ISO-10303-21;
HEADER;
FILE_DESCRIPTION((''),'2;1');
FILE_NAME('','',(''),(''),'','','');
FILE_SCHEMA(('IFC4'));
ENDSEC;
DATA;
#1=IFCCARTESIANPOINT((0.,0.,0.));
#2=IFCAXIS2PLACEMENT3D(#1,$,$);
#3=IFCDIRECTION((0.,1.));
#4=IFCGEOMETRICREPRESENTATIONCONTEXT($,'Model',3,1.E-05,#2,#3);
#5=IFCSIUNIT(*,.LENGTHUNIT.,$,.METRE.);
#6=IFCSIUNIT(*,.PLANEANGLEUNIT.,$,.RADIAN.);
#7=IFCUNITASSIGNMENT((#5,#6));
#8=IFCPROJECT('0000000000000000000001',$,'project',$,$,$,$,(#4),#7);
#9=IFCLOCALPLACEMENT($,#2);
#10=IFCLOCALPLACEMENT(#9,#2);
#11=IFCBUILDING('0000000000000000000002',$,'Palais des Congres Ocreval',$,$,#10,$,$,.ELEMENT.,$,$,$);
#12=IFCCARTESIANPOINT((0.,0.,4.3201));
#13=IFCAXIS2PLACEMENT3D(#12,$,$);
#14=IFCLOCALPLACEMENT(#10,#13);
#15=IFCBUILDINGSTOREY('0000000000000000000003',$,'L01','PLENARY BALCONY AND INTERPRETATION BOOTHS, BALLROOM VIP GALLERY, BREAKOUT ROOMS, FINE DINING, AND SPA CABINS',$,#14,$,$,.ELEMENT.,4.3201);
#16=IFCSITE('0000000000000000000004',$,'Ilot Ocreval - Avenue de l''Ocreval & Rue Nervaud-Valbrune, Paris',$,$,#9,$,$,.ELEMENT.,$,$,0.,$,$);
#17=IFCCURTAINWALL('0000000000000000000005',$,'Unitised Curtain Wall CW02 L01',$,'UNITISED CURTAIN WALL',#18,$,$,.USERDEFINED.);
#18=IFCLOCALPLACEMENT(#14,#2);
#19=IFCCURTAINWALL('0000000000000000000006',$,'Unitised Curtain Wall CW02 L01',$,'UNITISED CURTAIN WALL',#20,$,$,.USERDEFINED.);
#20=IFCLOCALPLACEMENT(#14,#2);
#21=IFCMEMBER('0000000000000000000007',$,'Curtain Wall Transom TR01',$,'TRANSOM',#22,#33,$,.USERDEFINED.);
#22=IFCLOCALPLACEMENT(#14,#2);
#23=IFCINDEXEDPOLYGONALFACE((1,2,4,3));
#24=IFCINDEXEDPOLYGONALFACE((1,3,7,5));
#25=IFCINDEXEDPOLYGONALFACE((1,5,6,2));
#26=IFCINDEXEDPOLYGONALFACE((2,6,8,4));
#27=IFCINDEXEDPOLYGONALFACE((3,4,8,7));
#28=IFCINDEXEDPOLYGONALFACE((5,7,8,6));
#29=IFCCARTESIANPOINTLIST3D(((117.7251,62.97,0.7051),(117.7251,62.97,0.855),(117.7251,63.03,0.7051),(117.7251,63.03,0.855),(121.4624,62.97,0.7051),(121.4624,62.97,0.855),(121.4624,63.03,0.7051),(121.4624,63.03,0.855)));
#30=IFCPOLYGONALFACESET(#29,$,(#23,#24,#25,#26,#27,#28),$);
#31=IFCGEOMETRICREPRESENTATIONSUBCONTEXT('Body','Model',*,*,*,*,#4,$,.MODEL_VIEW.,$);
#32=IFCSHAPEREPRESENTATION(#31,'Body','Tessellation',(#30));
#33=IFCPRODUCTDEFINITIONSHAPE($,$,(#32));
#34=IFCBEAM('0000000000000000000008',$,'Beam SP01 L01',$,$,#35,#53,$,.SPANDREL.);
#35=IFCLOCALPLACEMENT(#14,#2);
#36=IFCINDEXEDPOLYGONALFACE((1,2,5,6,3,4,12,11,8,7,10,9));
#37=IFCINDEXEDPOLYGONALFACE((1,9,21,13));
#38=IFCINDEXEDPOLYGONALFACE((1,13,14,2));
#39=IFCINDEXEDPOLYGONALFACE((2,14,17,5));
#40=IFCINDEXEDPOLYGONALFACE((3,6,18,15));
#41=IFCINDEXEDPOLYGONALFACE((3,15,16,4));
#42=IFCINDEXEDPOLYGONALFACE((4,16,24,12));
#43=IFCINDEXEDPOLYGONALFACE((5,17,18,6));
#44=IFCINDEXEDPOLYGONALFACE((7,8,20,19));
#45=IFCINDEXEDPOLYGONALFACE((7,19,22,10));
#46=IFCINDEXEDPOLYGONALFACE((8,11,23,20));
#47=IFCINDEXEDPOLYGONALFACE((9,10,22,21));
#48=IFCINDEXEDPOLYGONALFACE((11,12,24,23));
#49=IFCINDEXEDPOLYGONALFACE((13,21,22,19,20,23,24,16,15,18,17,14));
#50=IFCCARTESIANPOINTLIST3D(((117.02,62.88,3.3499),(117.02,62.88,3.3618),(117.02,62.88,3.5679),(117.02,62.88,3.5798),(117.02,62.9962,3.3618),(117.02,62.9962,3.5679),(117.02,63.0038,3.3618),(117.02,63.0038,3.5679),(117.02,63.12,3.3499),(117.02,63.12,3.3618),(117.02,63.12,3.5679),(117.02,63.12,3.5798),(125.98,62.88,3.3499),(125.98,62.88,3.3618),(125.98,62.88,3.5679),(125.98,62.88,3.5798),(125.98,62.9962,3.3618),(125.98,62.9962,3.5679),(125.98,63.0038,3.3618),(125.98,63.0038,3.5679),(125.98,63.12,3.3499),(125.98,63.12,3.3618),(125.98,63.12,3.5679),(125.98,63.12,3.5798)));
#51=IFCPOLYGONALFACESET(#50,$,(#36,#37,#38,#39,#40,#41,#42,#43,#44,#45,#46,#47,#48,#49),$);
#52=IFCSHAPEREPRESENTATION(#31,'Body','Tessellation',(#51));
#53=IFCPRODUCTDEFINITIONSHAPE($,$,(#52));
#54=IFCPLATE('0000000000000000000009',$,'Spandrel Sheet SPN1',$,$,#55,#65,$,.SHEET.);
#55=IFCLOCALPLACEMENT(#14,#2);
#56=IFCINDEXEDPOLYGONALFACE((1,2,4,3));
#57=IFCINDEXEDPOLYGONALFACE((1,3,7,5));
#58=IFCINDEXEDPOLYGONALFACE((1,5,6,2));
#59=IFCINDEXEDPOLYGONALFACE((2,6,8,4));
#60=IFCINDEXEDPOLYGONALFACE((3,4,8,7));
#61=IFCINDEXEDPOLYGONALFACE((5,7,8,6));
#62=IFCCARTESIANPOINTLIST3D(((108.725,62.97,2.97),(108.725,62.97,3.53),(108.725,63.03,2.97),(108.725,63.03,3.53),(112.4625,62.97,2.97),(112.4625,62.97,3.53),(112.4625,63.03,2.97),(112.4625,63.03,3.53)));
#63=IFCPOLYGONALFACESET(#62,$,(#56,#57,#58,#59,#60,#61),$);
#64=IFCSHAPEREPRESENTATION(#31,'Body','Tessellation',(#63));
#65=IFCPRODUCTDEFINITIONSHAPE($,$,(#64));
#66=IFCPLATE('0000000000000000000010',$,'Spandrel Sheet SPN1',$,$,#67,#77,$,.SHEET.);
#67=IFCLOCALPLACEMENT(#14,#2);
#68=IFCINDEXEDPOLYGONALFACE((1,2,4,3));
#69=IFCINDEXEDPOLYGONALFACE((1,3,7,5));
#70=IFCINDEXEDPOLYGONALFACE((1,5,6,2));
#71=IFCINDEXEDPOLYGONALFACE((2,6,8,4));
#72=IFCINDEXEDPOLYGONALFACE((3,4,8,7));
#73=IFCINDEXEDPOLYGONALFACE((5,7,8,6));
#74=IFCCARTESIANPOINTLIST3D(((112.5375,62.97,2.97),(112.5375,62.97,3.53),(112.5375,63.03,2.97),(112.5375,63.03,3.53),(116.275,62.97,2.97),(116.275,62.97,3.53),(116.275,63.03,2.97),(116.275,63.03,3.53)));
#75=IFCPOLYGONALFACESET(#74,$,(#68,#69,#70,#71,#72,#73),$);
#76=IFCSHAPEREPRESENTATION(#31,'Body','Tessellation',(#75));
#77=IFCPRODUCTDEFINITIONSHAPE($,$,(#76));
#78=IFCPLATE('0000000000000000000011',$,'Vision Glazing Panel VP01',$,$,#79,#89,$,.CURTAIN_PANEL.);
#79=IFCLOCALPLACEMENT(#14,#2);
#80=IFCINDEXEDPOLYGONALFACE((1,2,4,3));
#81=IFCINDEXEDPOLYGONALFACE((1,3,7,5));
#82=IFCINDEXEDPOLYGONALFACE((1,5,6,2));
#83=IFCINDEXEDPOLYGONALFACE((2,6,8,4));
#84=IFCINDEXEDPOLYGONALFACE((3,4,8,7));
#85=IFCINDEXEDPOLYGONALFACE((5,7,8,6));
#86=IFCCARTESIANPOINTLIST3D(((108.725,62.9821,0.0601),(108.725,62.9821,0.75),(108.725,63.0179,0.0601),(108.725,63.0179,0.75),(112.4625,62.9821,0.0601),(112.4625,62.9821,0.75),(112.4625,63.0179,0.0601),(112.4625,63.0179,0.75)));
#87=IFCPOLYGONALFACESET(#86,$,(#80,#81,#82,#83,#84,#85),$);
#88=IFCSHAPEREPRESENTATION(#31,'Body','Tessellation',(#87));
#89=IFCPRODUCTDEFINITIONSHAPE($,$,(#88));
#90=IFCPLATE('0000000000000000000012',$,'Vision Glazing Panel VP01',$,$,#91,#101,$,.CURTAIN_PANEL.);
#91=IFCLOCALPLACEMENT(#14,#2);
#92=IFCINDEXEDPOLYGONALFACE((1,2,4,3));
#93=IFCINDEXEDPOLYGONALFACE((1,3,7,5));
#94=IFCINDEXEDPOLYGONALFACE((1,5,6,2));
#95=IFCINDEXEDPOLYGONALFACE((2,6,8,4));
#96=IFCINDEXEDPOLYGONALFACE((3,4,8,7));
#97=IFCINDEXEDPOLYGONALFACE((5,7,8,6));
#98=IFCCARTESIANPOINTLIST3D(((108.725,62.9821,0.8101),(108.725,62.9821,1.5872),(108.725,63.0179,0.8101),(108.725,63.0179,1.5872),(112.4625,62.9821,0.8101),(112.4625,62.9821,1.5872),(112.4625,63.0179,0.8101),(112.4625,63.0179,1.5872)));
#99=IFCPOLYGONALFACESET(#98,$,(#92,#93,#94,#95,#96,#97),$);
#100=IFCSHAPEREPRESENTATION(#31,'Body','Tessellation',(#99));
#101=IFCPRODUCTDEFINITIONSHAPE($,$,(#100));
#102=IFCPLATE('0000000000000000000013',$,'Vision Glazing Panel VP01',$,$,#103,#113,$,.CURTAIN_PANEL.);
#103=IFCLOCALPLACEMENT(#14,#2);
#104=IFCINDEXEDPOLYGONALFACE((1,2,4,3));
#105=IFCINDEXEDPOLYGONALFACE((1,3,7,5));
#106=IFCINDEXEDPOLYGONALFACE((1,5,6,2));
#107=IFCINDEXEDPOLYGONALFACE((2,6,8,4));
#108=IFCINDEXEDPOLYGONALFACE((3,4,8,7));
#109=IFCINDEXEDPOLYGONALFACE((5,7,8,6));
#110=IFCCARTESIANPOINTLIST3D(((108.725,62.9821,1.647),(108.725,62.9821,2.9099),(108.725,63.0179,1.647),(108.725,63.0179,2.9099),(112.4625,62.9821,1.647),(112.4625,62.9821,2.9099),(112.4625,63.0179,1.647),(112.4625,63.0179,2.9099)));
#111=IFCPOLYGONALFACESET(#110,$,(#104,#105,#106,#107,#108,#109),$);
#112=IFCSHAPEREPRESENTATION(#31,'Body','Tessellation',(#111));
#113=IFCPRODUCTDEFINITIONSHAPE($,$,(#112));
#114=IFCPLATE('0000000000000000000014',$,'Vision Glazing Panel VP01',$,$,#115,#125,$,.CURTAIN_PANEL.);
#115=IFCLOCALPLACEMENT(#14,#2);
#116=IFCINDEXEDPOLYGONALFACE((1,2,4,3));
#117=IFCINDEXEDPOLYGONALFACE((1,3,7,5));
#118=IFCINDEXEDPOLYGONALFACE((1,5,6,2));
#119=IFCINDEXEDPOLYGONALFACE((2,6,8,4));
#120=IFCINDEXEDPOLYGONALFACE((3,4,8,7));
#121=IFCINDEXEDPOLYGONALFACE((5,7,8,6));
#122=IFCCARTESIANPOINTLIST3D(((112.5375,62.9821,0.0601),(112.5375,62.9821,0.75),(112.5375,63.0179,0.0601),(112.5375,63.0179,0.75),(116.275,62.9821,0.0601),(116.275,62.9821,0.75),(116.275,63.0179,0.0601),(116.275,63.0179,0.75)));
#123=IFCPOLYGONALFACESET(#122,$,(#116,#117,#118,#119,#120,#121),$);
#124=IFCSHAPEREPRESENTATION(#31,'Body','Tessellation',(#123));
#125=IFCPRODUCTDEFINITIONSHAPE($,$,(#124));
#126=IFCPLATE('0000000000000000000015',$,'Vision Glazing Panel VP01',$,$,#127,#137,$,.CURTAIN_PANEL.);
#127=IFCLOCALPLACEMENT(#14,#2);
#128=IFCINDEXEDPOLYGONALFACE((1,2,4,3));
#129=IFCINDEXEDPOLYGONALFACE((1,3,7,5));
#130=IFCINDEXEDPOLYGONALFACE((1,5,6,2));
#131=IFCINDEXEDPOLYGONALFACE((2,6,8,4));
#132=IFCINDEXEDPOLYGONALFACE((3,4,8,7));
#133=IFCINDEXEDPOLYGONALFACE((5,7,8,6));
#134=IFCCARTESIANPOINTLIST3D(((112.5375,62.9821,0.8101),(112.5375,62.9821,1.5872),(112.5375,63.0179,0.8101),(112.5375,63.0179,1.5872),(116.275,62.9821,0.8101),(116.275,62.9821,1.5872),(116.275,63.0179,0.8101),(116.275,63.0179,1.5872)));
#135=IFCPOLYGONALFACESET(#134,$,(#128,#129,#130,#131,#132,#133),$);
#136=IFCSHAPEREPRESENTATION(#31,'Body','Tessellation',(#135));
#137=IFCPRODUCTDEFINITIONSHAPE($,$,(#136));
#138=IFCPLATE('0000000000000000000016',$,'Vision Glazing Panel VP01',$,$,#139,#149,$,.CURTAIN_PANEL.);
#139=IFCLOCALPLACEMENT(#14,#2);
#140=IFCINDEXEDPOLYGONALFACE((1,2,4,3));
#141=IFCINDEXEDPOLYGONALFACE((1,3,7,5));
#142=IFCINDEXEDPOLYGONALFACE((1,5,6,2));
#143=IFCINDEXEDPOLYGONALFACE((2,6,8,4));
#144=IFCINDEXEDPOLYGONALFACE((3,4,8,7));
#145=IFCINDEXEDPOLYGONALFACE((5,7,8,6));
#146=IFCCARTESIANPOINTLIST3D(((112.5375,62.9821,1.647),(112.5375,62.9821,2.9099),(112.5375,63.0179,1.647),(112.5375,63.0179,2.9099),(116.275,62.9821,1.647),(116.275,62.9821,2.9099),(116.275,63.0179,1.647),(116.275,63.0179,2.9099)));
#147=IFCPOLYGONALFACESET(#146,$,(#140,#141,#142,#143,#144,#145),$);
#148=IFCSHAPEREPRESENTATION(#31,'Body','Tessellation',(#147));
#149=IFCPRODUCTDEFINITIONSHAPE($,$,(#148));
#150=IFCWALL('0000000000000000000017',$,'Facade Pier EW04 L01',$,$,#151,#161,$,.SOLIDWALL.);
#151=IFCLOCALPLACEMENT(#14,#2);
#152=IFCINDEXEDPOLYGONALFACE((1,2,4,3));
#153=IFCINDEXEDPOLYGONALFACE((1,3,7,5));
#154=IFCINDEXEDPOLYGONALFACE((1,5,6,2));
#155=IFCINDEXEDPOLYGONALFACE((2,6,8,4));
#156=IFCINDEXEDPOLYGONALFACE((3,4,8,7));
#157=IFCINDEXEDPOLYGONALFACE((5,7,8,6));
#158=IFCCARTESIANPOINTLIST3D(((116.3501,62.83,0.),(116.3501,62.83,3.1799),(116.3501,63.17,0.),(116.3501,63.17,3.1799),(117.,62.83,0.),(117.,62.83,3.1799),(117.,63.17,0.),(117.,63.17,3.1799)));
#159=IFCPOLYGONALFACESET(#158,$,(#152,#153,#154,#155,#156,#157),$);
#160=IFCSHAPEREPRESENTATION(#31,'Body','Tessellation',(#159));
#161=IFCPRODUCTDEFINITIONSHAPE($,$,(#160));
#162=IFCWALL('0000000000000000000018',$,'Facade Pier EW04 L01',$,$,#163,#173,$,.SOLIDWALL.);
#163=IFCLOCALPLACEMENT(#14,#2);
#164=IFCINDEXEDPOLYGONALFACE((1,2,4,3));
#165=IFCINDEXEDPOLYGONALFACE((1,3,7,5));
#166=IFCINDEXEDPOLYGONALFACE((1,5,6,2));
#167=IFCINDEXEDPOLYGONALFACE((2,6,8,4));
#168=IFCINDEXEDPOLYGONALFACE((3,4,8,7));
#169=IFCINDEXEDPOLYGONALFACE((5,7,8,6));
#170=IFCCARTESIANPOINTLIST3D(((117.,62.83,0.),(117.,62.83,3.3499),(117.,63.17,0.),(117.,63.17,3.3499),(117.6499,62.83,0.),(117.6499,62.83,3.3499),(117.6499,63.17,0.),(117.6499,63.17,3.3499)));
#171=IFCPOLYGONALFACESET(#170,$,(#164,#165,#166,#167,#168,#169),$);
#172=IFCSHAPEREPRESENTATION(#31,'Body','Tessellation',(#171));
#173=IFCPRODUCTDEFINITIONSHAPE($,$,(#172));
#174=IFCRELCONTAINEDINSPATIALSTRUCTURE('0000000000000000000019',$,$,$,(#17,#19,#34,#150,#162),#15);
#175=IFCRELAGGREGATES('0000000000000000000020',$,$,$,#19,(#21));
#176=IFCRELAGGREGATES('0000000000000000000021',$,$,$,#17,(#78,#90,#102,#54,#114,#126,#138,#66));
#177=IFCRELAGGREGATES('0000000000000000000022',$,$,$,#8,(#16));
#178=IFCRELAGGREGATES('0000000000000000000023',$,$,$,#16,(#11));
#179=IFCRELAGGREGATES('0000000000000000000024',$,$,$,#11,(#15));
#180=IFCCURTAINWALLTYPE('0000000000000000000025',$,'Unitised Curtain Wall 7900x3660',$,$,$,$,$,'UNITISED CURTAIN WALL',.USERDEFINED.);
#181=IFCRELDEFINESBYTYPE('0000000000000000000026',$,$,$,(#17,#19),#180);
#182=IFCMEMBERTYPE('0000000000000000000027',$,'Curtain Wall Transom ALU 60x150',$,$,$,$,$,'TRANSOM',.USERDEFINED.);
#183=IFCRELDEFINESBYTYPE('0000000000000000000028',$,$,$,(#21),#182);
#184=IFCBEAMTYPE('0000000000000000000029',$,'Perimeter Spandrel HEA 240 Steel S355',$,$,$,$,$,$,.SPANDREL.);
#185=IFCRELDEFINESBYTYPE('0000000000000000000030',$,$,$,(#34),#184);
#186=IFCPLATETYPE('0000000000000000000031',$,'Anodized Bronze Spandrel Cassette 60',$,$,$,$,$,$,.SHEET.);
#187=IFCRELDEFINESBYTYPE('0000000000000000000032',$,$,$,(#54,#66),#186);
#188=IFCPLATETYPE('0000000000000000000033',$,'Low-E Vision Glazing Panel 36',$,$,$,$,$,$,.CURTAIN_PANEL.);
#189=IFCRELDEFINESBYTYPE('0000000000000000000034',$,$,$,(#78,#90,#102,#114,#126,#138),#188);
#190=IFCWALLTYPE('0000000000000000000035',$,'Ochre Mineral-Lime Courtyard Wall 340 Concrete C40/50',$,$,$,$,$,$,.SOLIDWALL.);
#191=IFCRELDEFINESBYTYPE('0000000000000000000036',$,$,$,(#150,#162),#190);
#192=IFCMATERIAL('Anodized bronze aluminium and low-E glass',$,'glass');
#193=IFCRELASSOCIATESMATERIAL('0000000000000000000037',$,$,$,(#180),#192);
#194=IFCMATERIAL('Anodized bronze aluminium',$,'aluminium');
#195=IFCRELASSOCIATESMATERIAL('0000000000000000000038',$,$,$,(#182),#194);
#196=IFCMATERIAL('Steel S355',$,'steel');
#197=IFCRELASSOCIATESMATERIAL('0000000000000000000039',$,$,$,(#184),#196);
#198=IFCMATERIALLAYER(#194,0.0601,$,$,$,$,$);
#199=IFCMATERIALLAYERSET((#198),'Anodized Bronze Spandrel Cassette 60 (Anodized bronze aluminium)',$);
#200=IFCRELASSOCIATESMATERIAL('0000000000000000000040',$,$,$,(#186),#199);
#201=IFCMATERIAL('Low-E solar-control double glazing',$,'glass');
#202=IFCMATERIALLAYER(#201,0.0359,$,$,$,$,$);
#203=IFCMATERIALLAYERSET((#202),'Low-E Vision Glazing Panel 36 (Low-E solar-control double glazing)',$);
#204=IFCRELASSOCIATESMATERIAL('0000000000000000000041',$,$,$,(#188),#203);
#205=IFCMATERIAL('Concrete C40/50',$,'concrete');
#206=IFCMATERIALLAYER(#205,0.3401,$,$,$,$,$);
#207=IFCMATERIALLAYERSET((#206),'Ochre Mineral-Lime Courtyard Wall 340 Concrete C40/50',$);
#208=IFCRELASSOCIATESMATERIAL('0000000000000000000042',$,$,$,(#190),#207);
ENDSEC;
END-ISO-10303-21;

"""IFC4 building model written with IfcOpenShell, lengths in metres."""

from ifc_helpers import new_model, si_unit, direction, frame, frame_2d, origin, origin_2d, place, context, subcontext, project, spatial, rectangle, i_section, extrude, material, layer, layer_set, material_profile, profile_set, type_object, element, aggregate, save


model = new_model("IFC4")

# Units and contexts
model_context = context("Model", 3, precision=1e-05, world=origin(), true_north=direction((0.0, 1.0)))
body_context = subcontext(model_context, "Body", "Model", "MODEL_VIEW")
ifc_project = project(units=[si_unit("LENGTHUNIT", "METRE"), si_unit("PLANEANGLEUNIT", "RADIAN")], contexts=[model_context])

# Site, building, storey
site_placement = place(None, origin())
site = spatial("IfcSite", under=ifc_project, at=site_placement, Name="Ilot Ocreval - Avenue de l'Ocreval & Rue Nervaud-Valbrune, Paris", CompositionType="ELEMENT", RefElevation=0.0)
building_placement = place(site_placement, origin())
building = spatial("IfcBuilding", under=site, at=building_placement, Name="Palais des Congres Ocreval", CompositionType="ELEMENT")
storey_placement = place(building_placement, frame((0.0, 0.0, 4.3201)))
storey = spatial("IfcBuildingStorey", under=building, at=storey_placement, Name="L01", Description="PLENARY BALCONY AND INTERPRETATION BOOTHS, BALLROOM VIP GALLERY, BREAKOUT ROOMS, FINE DINING, AND SPA CABINS", CompositionType="ELEMENT", Elevation=4.3201)

# Shared definitions
ifc_material_1 = material(Name="Steel S355", Category="steel")

# Curtain wall
ifc_material_2 = material(Name="Anodized bronze aluminium and low-E glass", Category="glass")
curtain_wall_type = type_object("IfcCurtainWallType", Name="Unitised Curtain Wall 7900x3660", ElementType="UNITISED CURTAIN WALL", PredefinedType="USERDEFINED", material=ifc_material_2)
curtain_wall_1_placement = place(storey_placement, origin())
curtain_wall_1 = element("IfcCurtainWall", 1, at=curtain_wall_1_placement, inside=storey, type_object=curtain_wall_type, Name="Unitised Curtain Wall CW02 L01", ObjectType="UNITISED CURTAIN WALL", PredefinedType="USERDEFINED")
ifc_material_3 = material(Name="Anodized bronze aluminium", Category="aluminium")

# Curtain wall
curtain_wall_2_placement = place(storey_placement, origin())
curtain_wall_2 = element("IfcCurtainWall", 2, at=curtain_wall_2_placement, inside=storey, type_object=curtain_wall_type, Name="Unitised Curtain Wall CW02 L01", ObjectType="UNITISED CURTAIN WALL", PredefinedType="USERDEFINED")

# Member
ifc_material_profile_1 = material_profile(ifc_material_3, rectangle(XDim=0.0601, YDim=0.1499, at=origin_2d()), Name="ALU 60x150")
ifc_profile_set_1 = profile_set([ifc_material_profile_1], Name="Anodized bronze aluminium")
member_type_1 = type_object("IfcMemberType", Name="Curtain Wall Transom ALU 60x150", ElementType="TRANSOM", PredefinedType="USERDEFINED", material=ifc_profile_set_1)
member_1_placement = place(storey_placement, frame((117.7251, 63.0, 0.78), z_axis=(1.0, 0.0, 0.0), x_axis=(0.0, 1.0, 0.0)))
member_1 = element("IfcMember", 3, at=member_1_placement, type_object=member_type_1, Name="Curtain Wall Transom TR01", ObjectType="TRANSOM", PredefinedType="USERDEFINED", context=body_context, shape_type="SweptSolid", body=[
    extrude(rectangle(XDim=0.0601, YDim=0.1499, at=origin_2d()), origin(), (0.0, 0.0, 1.0), 3.7373),
])
aggregate(curtain_wall_2, [member_1])

# Beam
ifc_material_profile_2 = material_profile(ifc_material_1, i_section(OverallWidth=0.24, OverallDepth=0.23, WebThickness=0.0076, FlangeThickness=0.012, at=origin_2d()), Name="HEA 240")
ifc_profile_set_2 = profile_set([ifc_material_profile_2], Name="Steel S355")
beam_type = type_object("IfcBeamType", Name="Perimeter Spandrel HEA 240 Steel S355", PredefinedType="SPANDREL", material=ifc_profile_set_2)
beam_placement = place(storey_placement, frame((117.02, 63.0, 3.4648), z_axis=(1.0, 0.0, 0.0), x_axis=(0.0, 1.0, 0.0)))
element("IfcBeam", 4, at=beam_placement, inside=storey, type_object=beam_type, Name="Beam SP01 L01", PredefinedType="SPANDREL", context=body_context, shape_type="SweptSolid", body=[
    extrude(i_section(OverallWidth=0.24, OverallDepth=0.23, WebThickness=0.0076, FlangeThickness=0.012, at=origin_2d()), origin(), (0.0, 0.0, 1.0), 8.96),
])

# Plates
ifc_layer_1 = layer(ifc_material_3, 0.0601)
ifc_layer_set_1 = layer_set([ifc_layer_1], Name="Anodized Bronze Spandrel Cassette 60 (Anodized bronze aluminium)")
plate_type_1 = type_object("IfcPlateType", Name="Anodized Bronze Spandrel Cassette 60", PredefinedType="SHEET", material=ifc_layer_set_1)
plate_1_placement = place(storey_placement, frame((110.5938, 63.0, 2.97), z_axis=(0.0, 0.0, 1.0), x_axis=(1.0, 0.0, 0.0)))
plate_1 = element("IfcPlate", 5, at=plate_1_placement, type_object=plate_type_1, Name="Spandrel Sheet SPN1", PredefinedType="SHEET", context=body_context, shape_type="SweptSolid", body=[
    extrude(rectangle(XDim=3.7375, YDim=0.0601, at=origin_2d()), origin(), (0.0, 0.0, 1.0), 0.5601),
])
plate_2_placement = place(storey_placement, frame((114.4062, 63.0, 2.97), z_axis=(0.0, 0.0, 1.0), x_axis=(1.0, 0.0, 0.0)))
plate_2 = element("IfcPlate", 6, at=plate_2_placement, type_object=plate_type_1, Name="Spandrel Sheet SPN1", PredefinedType="SHEET", context=body_context, shape_type="SweptSolid", body=[
    extrude(rectangle(XDim=3.7375, YDim=0.0601, at=origin_2d()), origin(), (0.0, 0.0, 1.0), 0.5601),
])
ifc_material_4 = material(Name="Low-E solar-control double glazing", Category="glass")
ifc_layer_2 = layer(ifc_material_4, 0.0359)
ifc_layer_set_2 = layer_set([ifc_layer_2], Name="Low-E Vision Glazing Panel 36 (Low-E solar-control double glazing)")
plate_type_2 = type_object("IfcPlateType", Name="Low-E Vision Glazing Panel 36", PredefinedType="CURTAIN_PANEL", material=ifc_layer_set_2)
plate_3_placement = place(storey_placement, frame((110.5938, 63.0, 0.0601), z_axis=(0.0, 0.0, 1.0), x_axis=(1.0, 0.0, 0.0)))
plate_3 = element("IfcPlate", 7, at=plate_3_placement, type_object=plate_type_2, Name="Vision Glazing Panel VP01", PredefinedType="CURTAIN_PANEL", context=body_context, shape_type="SweptSolid", body=[
    extrude(rectangle(XDim=3.7375, YDim=0.0359, at=origin_2d()), origin(), (0.0, 0.0, 1.0), 0.6899),
])
plate_4_placement = place(storey_placement, frame((110.5938, 63.0, 0.8101), z_axis=(0.0, 0.0, 1.0), x_axis=(1.0, 0.0, 0.0)))
plate_4 = element("IfcPlate", 8, at=plate_4_placement, type_object=plate_type_2, Name="Vision Glazing Panel VP01", PredefinedType="CURTAIN_PANEL", context=body_context, shape_type="SweptSolid", body=[
    extrude(rectangle(XDim=3.7375, YDim=0.0359, at=origin_2d()), origin(), (0.0, 0.0, 1.0), 0.7771),
])
plate_5_placement = place(storey_placement, frame((110.5938, 63.0, 1.647), z_axis=(0.0, 0.0, 1.0), x_axis=(1.0, 0.0, 0.0)))
plate_5 = element("IfcPlate", 9, at=plate_5_placement, type_object=plate_type_2, Name="Vision Glazing Panel VP01", PredefinedType="CURTAIN_PANEL", context=body_context, shape_type="SweptSolid", body=[
    extrude(rectangle(XDim=3.7375, YDim=0.0359, at=origin_2d()), origin(), (0.0, 0.0, 1.0), 1.2629),
])
plate_6_placement = place(storey_placement, frame((114.4062, 63.0, 0.0601), z_axis=(0.0, 0.0, 1.0), x_axis=(1.0, 0.0, 0.0)))
plate_6 = element("IfcPlate", 10, at=plate_6_placement, type_object=plate_type_2, Name="Vision Glazing Panel VP01", PredefinedType="CURTAIN_PANEL", context=body_context, shape_type="SweptSolid", body=[
    extrude(rectangle(XDim=3.7375, YDim=0.0359, at=origin_2d()), origin(), (0.0, 0.0, 1.0), 0.6899),
])
plate_7_placement = place(storey_placement, frame((114.4062, 63.0, 0.8101), z_axis=(0.0, 0.0, 1.0), x_axis=(1.0, 0.0, 0.0)))
plate_7 = element("IfcPlate", 11, at=plate_7_placement, type_object=plate_type_2, Name="Vision Glazing Panel VP01", PredefinedType="CURTAIN_PANEL", context=body_context, shape_type="SweptSolid", body=[
    extrude(rectangle(XDim=3.7375, YDim=0.0359, at=origin_2d()), origin(), (0.0, 0.0, 1.0), 0.7771),
])
plate_8_placement = place(storey_placement, frame((114.4062, 63.0, 1.647), z_axis=(0.0, 0.0, 1.0), x_axis=(1.0, 0.0, 0.0)))
plate_8 = element("IfcPlate", 12, at=plate_8_placement, type_object=plate_type_2, Name="Vision Glazing Panel VP01", PredefinedType="CURTAIN_PANEL", context=body_context, shape_type="SweptSolid", body=[
    extrude(rectangle(XDim=3.7375, YDim=0.0359, at=origin_2d()), origin(), (0.0, 0.0, 1.0), 1.2629),
])
aggregate(curtain_wall_1, [plate_3, plate_4, plate_5, plate_1, plate_6, plate_7, plate_8, plate_2])

# Walls
ifc_material_5 = material(Name="Concrete C40/50", Category="concrete")
ifc_layer_3 = layer(ifc_material_5, 0.3401)
ifc_layer_set_3 = layer_set([ifc_layer_3], Name="Ochre Mineral-Lime Courtyard Wall 340 Concrete C40/50")
wall_type = type_object("IfcWallType", Name="Ochre Mineral-Lime Courtyard Wall 340 Concrete C40/50", PredefinedType="SOLIDWALL", material=ifc_layer_set_3)
wall_1_placement = place(storey_placement, frame((116.3501, 63.0, 0.0), z_axis=(0.0, 0.0, 1.0), x_axis=(1.0, 0.0, 0.0)))
element("IfcWall", 13, at=wall_1_placement, inside=storey, type_object=wall_type, Name="Facade Pier EW04 L01", PredefinedType="SOLIDWALL", context=body_context, shape_type="SweptSolid", body=[
    extrude(rectangle(XDim=0.6499, YDim=0.3401, at=frame_2d((0.325, 0.0))), origin(), (0.0, 0.0, 1.0), 3.1799),
])
wall_2_placement = place(storey_placement, frame((117.0, 63.0, 0.0), z_axis=(0.0, 0.0, 1.0), x_axis=(1.0, 0.0, 0.0)))
element("IfcWall", 14, at=wall_2_placement, inside=storey, type_object=wall_type, Name="Facade Pier EW04 L01", PredefinedType="SOLIDWALL", context=body_context, shape_type="SweptSolid", body=[
    extrude(rectangle(XDim=0.6499, YDim=0.3401, at=frame_2d((0.325, 0.0))), origin(), (0.0, 0.0, 1.0), 3.3499),
])

save(model, "model.ifc")
